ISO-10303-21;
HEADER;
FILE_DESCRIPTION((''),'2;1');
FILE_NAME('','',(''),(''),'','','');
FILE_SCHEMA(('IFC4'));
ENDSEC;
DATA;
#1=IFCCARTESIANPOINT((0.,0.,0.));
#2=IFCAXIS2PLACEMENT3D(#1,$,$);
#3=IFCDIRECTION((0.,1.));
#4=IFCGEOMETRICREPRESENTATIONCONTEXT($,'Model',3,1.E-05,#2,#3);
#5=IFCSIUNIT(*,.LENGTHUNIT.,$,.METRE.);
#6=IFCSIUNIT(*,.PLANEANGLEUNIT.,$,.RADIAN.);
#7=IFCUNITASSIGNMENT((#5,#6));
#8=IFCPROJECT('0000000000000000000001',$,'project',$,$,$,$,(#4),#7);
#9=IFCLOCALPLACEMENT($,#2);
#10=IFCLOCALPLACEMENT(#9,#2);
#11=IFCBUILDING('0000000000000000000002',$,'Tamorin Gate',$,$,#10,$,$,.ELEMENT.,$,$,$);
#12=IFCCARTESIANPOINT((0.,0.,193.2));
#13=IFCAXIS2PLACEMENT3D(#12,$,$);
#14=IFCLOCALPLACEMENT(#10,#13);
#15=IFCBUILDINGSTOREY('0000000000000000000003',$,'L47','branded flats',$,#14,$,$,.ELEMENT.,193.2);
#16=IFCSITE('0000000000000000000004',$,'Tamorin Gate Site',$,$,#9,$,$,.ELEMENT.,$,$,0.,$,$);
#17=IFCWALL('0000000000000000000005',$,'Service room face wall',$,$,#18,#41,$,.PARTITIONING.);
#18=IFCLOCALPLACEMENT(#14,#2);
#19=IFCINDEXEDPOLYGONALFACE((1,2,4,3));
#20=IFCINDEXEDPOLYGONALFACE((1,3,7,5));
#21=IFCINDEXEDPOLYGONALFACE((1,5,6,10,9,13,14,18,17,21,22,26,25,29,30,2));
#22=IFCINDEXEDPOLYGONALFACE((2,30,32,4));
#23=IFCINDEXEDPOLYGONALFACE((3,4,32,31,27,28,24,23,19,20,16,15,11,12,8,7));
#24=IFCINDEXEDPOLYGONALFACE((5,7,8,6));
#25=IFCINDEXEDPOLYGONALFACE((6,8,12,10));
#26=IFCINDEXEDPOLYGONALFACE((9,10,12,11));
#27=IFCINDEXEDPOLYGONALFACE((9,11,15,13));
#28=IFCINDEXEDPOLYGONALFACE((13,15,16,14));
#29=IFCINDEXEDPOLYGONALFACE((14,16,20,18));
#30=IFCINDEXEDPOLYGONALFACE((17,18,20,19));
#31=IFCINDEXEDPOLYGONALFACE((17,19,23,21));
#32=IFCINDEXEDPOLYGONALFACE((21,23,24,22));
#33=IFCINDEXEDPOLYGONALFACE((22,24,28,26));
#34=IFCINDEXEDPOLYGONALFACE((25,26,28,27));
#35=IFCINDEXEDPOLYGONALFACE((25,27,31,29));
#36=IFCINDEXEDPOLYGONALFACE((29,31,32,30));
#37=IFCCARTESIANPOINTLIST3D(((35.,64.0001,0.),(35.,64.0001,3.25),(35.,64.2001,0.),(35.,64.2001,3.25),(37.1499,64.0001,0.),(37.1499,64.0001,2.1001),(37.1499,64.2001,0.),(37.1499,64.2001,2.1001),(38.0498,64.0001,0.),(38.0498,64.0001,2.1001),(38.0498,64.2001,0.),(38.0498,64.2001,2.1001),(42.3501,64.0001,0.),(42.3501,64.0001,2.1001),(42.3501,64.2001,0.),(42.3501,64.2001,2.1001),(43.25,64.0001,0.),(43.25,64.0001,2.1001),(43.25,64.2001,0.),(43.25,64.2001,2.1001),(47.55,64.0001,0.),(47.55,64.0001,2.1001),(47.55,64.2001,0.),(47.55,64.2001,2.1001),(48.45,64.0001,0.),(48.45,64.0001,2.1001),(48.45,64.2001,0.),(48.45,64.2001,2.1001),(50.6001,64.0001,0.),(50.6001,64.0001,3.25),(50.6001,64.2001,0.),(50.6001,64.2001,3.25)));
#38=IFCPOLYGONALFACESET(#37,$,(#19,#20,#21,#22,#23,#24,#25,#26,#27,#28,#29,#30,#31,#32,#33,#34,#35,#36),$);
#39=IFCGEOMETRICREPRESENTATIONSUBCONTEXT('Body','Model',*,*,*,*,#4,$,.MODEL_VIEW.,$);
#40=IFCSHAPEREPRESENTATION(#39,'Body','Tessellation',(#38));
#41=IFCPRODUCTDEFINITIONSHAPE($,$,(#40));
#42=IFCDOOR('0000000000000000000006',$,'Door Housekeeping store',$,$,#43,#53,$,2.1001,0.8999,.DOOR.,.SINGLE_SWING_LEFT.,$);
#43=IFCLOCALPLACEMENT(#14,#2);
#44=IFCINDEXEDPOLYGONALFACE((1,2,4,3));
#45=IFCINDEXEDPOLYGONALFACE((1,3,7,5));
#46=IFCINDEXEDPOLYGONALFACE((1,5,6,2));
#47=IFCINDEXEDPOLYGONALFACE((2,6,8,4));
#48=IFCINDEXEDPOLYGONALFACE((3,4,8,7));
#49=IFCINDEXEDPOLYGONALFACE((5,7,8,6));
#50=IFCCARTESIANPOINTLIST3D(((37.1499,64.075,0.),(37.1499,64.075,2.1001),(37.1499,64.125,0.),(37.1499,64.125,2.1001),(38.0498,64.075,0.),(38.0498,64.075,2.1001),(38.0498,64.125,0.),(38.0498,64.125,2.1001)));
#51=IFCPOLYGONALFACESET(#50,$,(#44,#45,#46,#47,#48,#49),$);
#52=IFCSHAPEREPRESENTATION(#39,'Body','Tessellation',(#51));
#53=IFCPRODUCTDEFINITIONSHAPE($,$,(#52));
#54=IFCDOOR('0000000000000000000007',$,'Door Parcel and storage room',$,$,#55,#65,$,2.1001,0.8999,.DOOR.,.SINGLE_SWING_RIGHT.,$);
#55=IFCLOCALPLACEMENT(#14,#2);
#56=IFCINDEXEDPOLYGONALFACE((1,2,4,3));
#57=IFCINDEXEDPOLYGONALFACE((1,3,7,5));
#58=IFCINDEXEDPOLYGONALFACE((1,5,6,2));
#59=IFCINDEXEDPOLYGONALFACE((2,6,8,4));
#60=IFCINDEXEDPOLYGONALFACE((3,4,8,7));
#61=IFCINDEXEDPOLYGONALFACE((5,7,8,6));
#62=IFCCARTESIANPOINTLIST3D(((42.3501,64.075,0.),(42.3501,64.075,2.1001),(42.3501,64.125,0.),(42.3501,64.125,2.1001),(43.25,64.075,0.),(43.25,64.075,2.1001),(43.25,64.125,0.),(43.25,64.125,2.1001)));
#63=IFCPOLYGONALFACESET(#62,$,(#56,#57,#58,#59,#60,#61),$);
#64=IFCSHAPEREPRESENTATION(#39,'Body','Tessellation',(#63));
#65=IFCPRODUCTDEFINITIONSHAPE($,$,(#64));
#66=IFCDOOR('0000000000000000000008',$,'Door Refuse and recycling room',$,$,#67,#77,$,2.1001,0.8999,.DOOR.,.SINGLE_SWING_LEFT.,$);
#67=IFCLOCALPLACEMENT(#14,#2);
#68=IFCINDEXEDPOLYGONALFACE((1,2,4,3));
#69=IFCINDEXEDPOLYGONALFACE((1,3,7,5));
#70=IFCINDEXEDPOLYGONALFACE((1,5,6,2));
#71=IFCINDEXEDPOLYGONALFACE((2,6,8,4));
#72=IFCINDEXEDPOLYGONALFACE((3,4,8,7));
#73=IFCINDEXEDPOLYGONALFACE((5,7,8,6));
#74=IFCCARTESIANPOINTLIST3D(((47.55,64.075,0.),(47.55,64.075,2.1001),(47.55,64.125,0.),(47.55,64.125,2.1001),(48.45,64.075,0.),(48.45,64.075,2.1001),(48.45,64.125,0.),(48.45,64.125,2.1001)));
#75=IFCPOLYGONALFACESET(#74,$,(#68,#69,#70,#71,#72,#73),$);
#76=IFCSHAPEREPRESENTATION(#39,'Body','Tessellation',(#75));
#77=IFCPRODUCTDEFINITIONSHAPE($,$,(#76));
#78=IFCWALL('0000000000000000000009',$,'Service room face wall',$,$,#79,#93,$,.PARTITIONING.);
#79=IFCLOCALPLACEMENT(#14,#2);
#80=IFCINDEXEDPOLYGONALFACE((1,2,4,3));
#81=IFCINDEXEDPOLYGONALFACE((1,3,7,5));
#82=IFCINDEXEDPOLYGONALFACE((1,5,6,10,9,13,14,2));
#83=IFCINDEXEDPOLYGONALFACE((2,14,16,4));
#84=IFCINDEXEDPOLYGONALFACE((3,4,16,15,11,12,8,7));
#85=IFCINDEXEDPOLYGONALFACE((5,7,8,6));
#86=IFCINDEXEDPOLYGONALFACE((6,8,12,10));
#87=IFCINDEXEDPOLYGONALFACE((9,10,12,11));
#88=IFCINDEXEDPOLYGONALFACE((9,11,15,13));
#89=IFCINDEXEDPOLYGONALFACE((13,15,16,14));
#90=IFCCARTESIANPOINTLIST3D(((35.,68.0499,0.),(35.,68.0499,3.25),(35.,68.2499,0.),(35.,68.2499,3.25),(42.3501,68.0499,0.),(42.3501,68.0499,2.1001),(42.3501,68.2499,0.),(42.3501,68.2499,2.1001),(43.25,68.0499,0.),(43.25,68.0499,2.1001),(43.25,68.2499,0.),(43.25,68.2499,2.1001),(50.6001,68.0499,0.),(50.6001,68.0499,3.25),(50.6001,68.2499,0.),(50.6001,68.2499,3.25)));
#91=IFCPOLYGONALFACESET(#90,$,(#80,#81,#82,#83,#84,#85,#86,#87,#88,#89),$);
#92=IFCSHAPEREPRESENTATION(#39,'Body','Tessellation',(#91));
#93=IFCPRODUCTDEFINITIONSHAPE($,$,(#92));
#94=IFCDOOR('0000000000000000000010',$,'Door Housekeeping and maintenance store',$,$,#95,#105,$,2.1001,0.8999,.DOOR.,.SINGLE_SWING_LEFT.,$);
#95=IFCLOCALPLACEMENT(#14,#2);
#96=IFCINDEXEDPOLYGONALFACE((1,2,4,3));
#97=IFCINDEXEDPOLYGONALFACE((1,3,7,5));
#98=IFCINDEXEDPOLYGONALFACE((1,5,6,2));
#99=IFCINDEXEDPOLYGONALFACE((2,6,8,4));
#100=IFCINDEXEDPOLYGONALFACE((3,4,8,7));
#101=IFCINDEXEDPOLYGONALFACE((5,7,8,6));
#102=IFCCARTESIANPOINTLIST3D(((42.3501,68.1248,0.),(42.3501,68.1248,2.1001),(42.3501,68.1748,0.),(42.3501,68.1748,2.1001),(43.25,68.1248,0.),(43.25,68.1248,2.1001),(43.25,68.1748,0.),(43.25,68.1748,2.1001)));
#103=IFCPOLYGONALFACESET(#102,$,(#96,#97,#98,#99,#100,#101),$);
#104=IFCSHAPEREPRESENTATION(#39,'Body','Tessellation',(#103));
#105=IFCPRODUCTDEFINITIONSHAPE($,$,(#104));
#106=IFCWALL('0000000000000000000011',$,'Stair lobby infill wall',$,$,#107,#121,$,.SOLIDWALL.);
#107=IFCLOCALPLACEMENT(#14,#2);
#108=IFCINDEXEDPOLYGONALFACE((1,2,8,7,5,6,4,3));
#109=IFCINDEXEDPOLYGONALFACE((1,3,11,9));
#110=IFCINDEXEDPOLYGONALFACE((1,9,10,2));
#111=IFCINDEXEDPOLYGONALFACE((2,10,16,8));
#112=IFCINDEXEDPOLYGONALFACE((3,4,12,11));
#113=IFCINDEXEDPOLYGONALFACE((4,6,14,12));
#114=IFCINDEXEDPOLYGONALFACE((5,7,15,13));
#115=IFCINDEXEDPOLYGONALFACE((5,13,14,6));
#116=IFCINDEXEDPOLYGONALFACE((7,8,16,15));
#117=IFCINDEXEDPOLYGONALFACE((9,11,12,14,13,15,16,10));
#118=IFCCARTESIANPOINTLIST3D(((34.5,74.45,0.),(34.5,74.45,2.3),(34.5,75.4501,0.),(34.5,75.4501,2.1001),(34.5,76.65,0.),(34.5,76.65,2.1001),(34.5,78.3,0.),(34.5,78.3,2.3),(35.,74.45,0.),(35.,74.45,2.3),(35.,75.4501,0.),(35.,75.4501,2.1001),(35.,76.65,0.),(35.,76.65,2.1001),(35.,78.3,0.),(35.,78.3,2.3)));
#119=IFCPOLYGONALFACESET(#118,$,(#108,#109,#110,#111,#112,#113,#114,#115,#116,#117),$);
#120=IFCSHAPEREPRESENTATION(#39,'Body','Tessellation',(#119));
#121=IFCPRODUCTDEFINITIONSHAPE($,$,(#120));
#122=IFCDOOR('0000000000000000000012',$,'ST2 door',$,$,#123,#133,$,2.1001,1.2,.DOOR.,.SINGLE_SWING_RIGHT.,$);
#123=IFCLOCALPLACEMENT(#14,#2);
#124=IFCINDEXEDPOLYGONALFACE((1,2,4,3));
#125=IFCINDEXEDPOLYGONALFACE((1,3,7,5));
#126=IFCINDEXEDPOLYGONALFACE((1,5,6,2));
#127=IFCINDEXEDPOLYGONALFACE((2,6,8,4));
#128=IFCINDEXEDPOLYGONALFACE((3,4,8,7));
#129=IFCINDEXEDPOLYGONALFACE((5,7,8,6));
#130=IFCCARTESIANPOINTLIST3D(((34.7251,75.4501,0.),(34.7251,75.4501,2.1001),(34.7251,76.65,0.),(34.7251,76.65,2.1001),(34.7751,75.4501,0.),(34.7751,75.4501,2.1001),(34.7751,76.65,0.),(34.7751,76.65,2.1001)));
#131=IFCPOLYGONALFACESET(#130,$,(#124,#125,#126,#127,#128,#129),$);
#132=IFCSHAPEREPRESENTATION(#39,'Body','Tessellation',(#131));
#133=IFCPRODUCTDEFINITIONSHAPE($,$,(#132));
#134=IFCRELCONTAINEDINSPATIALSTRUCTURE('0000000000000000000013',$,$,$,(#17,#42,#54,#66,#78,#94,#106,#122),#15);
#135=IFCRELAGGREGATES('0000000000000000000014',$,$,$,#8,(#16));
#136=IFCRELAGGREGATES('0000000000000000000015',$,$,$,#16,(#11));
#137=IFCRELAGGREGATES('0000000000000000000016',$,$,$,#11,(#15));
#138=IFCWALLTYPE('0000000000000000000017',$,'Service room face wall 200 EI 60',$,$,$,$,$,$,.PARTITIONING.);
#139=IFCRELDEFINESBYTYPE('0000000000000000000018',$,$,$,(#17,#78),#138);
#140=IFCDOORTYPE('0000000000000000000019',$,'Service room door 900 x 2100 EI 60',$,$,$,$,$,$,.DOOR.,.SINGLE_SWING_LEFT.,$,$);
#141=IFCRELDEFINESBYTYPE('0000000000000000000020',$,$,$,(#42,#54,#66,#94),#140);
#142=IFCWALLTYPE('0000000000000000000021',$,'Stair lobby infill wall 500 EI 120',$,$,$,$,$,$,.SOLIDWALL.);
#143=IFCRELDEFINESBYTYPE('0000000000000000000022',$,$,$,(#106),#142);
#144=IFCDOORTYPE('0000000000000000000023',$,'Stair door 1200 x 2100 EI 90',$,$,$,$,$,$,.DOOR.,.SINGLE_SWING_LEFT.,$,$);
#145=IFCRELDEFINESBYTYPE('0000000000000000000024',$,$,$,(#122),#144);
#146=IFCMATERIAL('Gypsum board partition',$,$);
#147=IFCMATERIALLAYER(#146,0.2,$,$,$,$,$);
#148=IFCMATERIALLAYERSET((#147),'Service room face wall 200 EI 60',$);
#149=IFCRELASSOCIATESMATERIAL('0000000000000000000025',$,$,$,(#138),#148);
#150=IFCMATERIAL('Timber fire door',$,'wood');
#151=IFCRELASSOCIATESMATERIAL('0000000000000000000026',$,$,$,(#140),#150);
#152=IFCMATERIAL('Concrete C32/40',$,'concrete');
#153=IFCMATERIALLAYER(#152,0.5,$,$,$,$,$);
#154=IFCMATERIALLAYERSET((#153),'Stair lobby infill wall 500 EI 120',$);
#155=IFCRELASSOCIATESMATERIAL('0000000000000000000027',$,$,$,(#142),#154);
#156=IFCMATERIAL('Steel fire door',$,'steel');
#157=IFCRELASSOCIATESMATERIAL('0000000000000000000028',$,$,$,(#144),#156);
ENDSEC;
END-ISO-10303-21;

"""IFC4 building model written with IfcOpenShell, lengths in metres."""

from ifc_helpers import new_model, si_unit, direction, frame, frame_2d, origin, place, context, subcontext, project, spatial, rectangle, extrude, material, layer, layer_set, type_object, element, fill, save


model = new_model("IFC4")

# Units and contexts
model_context = context("Model", 3, precision=1e-05, world=origin(), true_north=direction((0.0, 1.0)))
body_context = subcontext(model_context, "Body", "Model", "MODEL_VIEW")
ifc_project = project(units=[si_unit("LENGTHUNIT", "METRE"), si_unit("PLANEANGLEUNIT", "RADIAN")], contexts=[model_context])

# Site, building, storey
site_placement = place(None, origin())
site = spatial("IfcSite", under=ifc_project, at=site_placement, Name="Tamorin Gate Site", CompositionType="ELEMENT", RefElevation=0.0)
building_placement = place(site_placement, origin())
building = spatial("IfcBuilding", under=site, at=building_placement, Name="Tamorin Gate", CompositionType="ELEMENT")
storey_placement = place(building_placement, frame((0.0, 0.0, 193.2)))
storey = spatial("IfcBuildingStorey", under=building, at=storey_placement, Name="L47", Description="branded flats", CompositionType="ELEMENT", Elevation=193.2)

# Shared definitions
ifc_material_1 = material(Name="Concrete C32/40", Category="concrete")

# Wall, openings, doors
ifc_material_2 = material(Name="Gypsum board partition")
ifc_layer_1 = layer(ifc_material_2, 0.2)
ifc_layer_set_1 = layer_set([ifc_layer_1], Name="Service room face wall 200 EI 60")
wall_type_1 = type_object("IfcWallType", Name="Service room face wall 200 EI 60", PredefinedType="PARTITIONING", material=ifc_layer_set_1)
wall_1_placement = place(storey_placement, frame((35.0, 64.1001, 0.0), z_axis=(0.0, 0.0, 1.0), x_axis=(1.0, 0.0, 0.0)))
wall_1 = element("IfcWall", 1, at=wall_1_placement, inside=storey, type_object=wall_type_1, Name="Service room face wall", PredefinedType="PARTITIONING", context=body_context, shape_type="SweptSolid", body=[
    extrude(rectangle(XDim=15.6001, YDim=0.2, at=frame_2d((7.8, 0.0))), origin(), (0.0, 0.0, 1.0), 3.25),
])
opening_1_placement = place(wall_1_placement, frame((2.1499, 0.0, 0.0)))
opening_1 = element("IfcOpeningElement", 2, at=opening_1_placement, cuts=wall_1, PredefinedType="OPENING", context=body_context, shape_type="SweptSolid", body=[
    extrude(rectangle(XDim=0.8999, YDim=2.1001, at=frame_2d((0.45, 1.05))), frame((0.0, 0.1099, 0.0), z_axis=(0.0, -1.0, 0.0), x_axis=(1.0, 0.0, 0.0)), (0.0, 0.0, 1.0), 0.22),
])
opening_2_placement = place(wall_1_placement, frame((7.3501, 0.0, 0.0)))
opening_2 = element("IfcOpeningElement", 3, at=opening_2_placement, cuts=wall_1, PredefinedType="OPENING", context=body_context, shape_type="SweptSolid", body=[
    extrude(rectangle(XDim=0.8999, YDim=2.1001, at=frame_2d((0.45, 1.05))), frame((0.0, 0.1099, 0.0), z_axis=(0.0, -1.0, 0.0), x_axis=(1.0, 0.0, 0.0)), (0.0, 0.0, 1.0), 0.22),
])
opening_3_placement = place(wall_1_placement, frame((12.55, 0.0, 0.0)))
opening_3 = element("IfcOpeningElement", 4, at=opening_3_placement, cuts=wall_1, PredefinedType="OPENING", context=body_context, shape_type="SweptSolid", body=[
    extrude(rectangle(XDim=0.8999, YDim=2.1001, at=frame_2d((0.45, 1.05))), frame((0.0, 0.1099, 0.0), z_axis=(0.0, -1.0, 0.0), x_axis=(1.0, 0.0, 0.0)), (0.0, 0.0, 1.0), 0.22),
])
ifc_material_3 = material(Name="Timber fire door", Category="wood")
door_type_1 = type_object("IfcDoorType", Name="Service room door 900 x 2100 EI 60", OperationType="SINGLE_SWING_LEFT", PredefinedType="DOOR", material=ifc_material_3)
door_1_placement = place(opening_1_placement, origin())
door_1 = element("IfcDoor", 5, at=door_1_placement, inside=storey, type_object=door_type_1, Name="Door Housekeeping store", OperationType="SINGLE_SWING_LEFT", OverallHeight=2.1001, OverallWidth=0.8999, PredefinedType="DOOR", context=body_context, shape_type="SweptSolid", body=[
    extrude(rectangle(XDim=0.8999, YDim=2.1001, at=frame_2d((0.45, 1.05))), frame((0.0, 0.0249, 0.0), z_axis=(0.0, -1.0, 0.0), x_axis=(1.0, 0.0, 0.0)), (0.0, 0.0, 1.0), 0.05),
])
fill(opening_1, door_1)
door_2_placement = place(opening_2_placement, origin())
door_2 = element("IfcDoor", 6, at=door_2_placement, inside=storey, type_object=door_type_1, Name="Door Parcel and storage room", OperationType="SINGLE_SWING_RIGHT", OverallHeight=2.1001, OverallWidth=0.8999, PredefinedType="DOOR", context=body_context, shape_type="SweptSolid", body=[
    extrude(rectangle(XDim=0.8999, YDim=2.1001, at=frame_2d((0.45, 1.05))), frame((0.0, 0.0249, 0.0), z_axis=(0.0, -1.0, 0.0), x_axis=(1.0, 0.0, 0.0)), (0.0, 0.0, 1.0), 0.05),
])
fill(opening_2, door_2)
door_3_placement = place(opening_3_placement, origin())
door_3 = element("IfcDoor", 7, at=door_3_placement, inside=storey, type_object=door_type_1, Name="Door Refuse and recycling room", OperationType="SINGLE_SWING_LEFT", OverallHeight=2.1001, OverallWidth=0.8999, PredefinedType="DOOR", context=body_context, shape_type="SweptSolid", body=[
    extrude(rectangle(XDim=0.8999, YDim=2.1001, at=frame_2d((0.45, 1.05))), frame((0.0, 0.0249, 0.0), z_axis=(0.0, -1.0, 0.0), x_axis=(1.0, 0.0, 0.0)), (0.0, 0.0, 1.0), 0.05),
])
fill(opening_3, door_3)

# Walls, openings, doors
wall_2_placement = place(storey_placement, frame((35.0, 68.1499, 0.0), z_axis=(0.0, 0.0, 1.0), x_axis=(1.0, 0.0, 0.0)))
wall_2 = element("IfcWall", 8, at=wall_2_placement, inside=storey, type_object=wall_type_1, Name="Service room face wall", PredefinedType="PARTITIONING", context=body_context, shape_type="SweptSolid", body=[
    extrude(rectangle(XDim=15.6001, YDim=0.2, at=frame_2d((7.8, 0.0))), origin(), (0.0, 0.0, 1.0), 3.25),
])
opening_4_placement = place(wall_2_placement, frame((7.3501, 0.0, 0.0)))
opening_4 = element("IfcOpeningElement", 9, at=opening_4_placement, cuts=wall_2, PredefinedType="OPENING", context=body_context, shape_type="SweptSolid", body=[
    extrude(rectangle(XDim=0.8999, YDim=2.1001, at=frame_2d((0.45, 1.05))), frame((0.0, 0.1099, 0.0), z_axis=(0.0, -1.0, 0.0), x_axis=(1.0, 0.0, 0.0)), (0.0, 0.0, 1.0), 0.22),
])
door_4_placement = place(opening_4_placement, origin())
door_4 = element("IfcDoor", 10, at=door_4_placement, inside=storey, type_object=door_type_1, Name="Door Housekeeping and maintenance store", OperationType="SINGLE_SWING_LEFT", OverallHeight=2.1001, OverallWidth=0.8999, PredefinedType="DOOR", context=body_context, shape_type="SweptSolid", body=[
    extrude(rectangle(XDim=0.8999, YDim=2.1001, at=frame_2d((0.45, 1.05))), frame((0.0, 0.0249, 0.0), z_axis=(0.0, -1.0, 0.0), x_axis=(1.0, 0.0, 0.0)), (0.0, 0.0, 1.0), 0.05),
])
fill(opening_4, door_4)
ifc_layer_2 = layer(ifc_material_1, 0.5)
ifc_layer_set_2 = layer_set([ifc_layer_2], Name="Stair lobby infill wall 500 EI 120")
wall_type_2 = type_object("IfcWallType", Name="Stair lobby infill wall 500 EI 120", PredefinedType="SOLIDWALL", material=ifc_layer_set_2)
wall_3_placement = place(storey_placement, frame((34.75, 74.45, 0.0), z_axis=(0.0, 0.0, 1.0), x_axis=(0.0, 1.0, 0.0)))
wall_3 = element("IfcWall", 11, at=wall_3_placement, inside=storey, type_object=wall_type_2, Name="Stair lobby infill wall", PredefinedType="SOLIDWALL", context=body_context, shape_type="SweptSolid", body=[
    extrude(rectangle(XDim=3.8501, YDim=0.5, at=frame_2d((1.925, 0.0))), origin(), (0.0, 0.0, 1.0), 2.3),
])
opening_5_placement = place(wall_3_placement, frame((1.0, 0.0, 0.0)))
opening_5 = element("IfcOpeningElement", 12, at=opening_5_placement, cuts=wall_3, PredefinedType="OPENING", context=body_context, shape_type="SweptSolid", body=[
    extrude(rectangle(XDim=1.2, YDim=2.1001, at=frame_2d((0.6001, 1.05))), frame((0.0, 0.26, 0.0), z_axis=(0.0, -1.0, 0.0), x_axis=(1.0, 0.0, 0.0)), (0.0, 0.0, 1.0), 0.52),
])
ifc_material_4 = material(Name="Steel fire door", Category="steel")
door_type_2 = type_object("IfcDoorType", Name="Stair door 1200 x 2100 EI 90", OperationType="SINGLE_SWING_LEFT", PredefinedType="DOOR", material=ifc_material_4)
door_5_placement = place(opening_5_placement, origin())
door_5 = element("IfcDoor", 13, at=door_5_placement, inside=storey, type_object=door_type_2, Name="ST2 door", OperationType="SINGLE_SWING_RIGHT", OverallHeight=2.1001, OverallWidth=1.2, PredefinedType="DOOR", context=body_context, shape_type="SweptSolid", body=[
    extrude(rectangle(XDim=1.2, YDim=2.1001, at=frame_2d((0.6001, 1.05))), frame((0.0, 0.0249, 0.0), z_axis=(0.0, -1.0, 0.0), x_axis=(1.0, 0.0, 0.0)), (0.0, 0.0, 1.0), 0.05),
])
fill(opening_5, door_5)

save(model, "model.ifc")
